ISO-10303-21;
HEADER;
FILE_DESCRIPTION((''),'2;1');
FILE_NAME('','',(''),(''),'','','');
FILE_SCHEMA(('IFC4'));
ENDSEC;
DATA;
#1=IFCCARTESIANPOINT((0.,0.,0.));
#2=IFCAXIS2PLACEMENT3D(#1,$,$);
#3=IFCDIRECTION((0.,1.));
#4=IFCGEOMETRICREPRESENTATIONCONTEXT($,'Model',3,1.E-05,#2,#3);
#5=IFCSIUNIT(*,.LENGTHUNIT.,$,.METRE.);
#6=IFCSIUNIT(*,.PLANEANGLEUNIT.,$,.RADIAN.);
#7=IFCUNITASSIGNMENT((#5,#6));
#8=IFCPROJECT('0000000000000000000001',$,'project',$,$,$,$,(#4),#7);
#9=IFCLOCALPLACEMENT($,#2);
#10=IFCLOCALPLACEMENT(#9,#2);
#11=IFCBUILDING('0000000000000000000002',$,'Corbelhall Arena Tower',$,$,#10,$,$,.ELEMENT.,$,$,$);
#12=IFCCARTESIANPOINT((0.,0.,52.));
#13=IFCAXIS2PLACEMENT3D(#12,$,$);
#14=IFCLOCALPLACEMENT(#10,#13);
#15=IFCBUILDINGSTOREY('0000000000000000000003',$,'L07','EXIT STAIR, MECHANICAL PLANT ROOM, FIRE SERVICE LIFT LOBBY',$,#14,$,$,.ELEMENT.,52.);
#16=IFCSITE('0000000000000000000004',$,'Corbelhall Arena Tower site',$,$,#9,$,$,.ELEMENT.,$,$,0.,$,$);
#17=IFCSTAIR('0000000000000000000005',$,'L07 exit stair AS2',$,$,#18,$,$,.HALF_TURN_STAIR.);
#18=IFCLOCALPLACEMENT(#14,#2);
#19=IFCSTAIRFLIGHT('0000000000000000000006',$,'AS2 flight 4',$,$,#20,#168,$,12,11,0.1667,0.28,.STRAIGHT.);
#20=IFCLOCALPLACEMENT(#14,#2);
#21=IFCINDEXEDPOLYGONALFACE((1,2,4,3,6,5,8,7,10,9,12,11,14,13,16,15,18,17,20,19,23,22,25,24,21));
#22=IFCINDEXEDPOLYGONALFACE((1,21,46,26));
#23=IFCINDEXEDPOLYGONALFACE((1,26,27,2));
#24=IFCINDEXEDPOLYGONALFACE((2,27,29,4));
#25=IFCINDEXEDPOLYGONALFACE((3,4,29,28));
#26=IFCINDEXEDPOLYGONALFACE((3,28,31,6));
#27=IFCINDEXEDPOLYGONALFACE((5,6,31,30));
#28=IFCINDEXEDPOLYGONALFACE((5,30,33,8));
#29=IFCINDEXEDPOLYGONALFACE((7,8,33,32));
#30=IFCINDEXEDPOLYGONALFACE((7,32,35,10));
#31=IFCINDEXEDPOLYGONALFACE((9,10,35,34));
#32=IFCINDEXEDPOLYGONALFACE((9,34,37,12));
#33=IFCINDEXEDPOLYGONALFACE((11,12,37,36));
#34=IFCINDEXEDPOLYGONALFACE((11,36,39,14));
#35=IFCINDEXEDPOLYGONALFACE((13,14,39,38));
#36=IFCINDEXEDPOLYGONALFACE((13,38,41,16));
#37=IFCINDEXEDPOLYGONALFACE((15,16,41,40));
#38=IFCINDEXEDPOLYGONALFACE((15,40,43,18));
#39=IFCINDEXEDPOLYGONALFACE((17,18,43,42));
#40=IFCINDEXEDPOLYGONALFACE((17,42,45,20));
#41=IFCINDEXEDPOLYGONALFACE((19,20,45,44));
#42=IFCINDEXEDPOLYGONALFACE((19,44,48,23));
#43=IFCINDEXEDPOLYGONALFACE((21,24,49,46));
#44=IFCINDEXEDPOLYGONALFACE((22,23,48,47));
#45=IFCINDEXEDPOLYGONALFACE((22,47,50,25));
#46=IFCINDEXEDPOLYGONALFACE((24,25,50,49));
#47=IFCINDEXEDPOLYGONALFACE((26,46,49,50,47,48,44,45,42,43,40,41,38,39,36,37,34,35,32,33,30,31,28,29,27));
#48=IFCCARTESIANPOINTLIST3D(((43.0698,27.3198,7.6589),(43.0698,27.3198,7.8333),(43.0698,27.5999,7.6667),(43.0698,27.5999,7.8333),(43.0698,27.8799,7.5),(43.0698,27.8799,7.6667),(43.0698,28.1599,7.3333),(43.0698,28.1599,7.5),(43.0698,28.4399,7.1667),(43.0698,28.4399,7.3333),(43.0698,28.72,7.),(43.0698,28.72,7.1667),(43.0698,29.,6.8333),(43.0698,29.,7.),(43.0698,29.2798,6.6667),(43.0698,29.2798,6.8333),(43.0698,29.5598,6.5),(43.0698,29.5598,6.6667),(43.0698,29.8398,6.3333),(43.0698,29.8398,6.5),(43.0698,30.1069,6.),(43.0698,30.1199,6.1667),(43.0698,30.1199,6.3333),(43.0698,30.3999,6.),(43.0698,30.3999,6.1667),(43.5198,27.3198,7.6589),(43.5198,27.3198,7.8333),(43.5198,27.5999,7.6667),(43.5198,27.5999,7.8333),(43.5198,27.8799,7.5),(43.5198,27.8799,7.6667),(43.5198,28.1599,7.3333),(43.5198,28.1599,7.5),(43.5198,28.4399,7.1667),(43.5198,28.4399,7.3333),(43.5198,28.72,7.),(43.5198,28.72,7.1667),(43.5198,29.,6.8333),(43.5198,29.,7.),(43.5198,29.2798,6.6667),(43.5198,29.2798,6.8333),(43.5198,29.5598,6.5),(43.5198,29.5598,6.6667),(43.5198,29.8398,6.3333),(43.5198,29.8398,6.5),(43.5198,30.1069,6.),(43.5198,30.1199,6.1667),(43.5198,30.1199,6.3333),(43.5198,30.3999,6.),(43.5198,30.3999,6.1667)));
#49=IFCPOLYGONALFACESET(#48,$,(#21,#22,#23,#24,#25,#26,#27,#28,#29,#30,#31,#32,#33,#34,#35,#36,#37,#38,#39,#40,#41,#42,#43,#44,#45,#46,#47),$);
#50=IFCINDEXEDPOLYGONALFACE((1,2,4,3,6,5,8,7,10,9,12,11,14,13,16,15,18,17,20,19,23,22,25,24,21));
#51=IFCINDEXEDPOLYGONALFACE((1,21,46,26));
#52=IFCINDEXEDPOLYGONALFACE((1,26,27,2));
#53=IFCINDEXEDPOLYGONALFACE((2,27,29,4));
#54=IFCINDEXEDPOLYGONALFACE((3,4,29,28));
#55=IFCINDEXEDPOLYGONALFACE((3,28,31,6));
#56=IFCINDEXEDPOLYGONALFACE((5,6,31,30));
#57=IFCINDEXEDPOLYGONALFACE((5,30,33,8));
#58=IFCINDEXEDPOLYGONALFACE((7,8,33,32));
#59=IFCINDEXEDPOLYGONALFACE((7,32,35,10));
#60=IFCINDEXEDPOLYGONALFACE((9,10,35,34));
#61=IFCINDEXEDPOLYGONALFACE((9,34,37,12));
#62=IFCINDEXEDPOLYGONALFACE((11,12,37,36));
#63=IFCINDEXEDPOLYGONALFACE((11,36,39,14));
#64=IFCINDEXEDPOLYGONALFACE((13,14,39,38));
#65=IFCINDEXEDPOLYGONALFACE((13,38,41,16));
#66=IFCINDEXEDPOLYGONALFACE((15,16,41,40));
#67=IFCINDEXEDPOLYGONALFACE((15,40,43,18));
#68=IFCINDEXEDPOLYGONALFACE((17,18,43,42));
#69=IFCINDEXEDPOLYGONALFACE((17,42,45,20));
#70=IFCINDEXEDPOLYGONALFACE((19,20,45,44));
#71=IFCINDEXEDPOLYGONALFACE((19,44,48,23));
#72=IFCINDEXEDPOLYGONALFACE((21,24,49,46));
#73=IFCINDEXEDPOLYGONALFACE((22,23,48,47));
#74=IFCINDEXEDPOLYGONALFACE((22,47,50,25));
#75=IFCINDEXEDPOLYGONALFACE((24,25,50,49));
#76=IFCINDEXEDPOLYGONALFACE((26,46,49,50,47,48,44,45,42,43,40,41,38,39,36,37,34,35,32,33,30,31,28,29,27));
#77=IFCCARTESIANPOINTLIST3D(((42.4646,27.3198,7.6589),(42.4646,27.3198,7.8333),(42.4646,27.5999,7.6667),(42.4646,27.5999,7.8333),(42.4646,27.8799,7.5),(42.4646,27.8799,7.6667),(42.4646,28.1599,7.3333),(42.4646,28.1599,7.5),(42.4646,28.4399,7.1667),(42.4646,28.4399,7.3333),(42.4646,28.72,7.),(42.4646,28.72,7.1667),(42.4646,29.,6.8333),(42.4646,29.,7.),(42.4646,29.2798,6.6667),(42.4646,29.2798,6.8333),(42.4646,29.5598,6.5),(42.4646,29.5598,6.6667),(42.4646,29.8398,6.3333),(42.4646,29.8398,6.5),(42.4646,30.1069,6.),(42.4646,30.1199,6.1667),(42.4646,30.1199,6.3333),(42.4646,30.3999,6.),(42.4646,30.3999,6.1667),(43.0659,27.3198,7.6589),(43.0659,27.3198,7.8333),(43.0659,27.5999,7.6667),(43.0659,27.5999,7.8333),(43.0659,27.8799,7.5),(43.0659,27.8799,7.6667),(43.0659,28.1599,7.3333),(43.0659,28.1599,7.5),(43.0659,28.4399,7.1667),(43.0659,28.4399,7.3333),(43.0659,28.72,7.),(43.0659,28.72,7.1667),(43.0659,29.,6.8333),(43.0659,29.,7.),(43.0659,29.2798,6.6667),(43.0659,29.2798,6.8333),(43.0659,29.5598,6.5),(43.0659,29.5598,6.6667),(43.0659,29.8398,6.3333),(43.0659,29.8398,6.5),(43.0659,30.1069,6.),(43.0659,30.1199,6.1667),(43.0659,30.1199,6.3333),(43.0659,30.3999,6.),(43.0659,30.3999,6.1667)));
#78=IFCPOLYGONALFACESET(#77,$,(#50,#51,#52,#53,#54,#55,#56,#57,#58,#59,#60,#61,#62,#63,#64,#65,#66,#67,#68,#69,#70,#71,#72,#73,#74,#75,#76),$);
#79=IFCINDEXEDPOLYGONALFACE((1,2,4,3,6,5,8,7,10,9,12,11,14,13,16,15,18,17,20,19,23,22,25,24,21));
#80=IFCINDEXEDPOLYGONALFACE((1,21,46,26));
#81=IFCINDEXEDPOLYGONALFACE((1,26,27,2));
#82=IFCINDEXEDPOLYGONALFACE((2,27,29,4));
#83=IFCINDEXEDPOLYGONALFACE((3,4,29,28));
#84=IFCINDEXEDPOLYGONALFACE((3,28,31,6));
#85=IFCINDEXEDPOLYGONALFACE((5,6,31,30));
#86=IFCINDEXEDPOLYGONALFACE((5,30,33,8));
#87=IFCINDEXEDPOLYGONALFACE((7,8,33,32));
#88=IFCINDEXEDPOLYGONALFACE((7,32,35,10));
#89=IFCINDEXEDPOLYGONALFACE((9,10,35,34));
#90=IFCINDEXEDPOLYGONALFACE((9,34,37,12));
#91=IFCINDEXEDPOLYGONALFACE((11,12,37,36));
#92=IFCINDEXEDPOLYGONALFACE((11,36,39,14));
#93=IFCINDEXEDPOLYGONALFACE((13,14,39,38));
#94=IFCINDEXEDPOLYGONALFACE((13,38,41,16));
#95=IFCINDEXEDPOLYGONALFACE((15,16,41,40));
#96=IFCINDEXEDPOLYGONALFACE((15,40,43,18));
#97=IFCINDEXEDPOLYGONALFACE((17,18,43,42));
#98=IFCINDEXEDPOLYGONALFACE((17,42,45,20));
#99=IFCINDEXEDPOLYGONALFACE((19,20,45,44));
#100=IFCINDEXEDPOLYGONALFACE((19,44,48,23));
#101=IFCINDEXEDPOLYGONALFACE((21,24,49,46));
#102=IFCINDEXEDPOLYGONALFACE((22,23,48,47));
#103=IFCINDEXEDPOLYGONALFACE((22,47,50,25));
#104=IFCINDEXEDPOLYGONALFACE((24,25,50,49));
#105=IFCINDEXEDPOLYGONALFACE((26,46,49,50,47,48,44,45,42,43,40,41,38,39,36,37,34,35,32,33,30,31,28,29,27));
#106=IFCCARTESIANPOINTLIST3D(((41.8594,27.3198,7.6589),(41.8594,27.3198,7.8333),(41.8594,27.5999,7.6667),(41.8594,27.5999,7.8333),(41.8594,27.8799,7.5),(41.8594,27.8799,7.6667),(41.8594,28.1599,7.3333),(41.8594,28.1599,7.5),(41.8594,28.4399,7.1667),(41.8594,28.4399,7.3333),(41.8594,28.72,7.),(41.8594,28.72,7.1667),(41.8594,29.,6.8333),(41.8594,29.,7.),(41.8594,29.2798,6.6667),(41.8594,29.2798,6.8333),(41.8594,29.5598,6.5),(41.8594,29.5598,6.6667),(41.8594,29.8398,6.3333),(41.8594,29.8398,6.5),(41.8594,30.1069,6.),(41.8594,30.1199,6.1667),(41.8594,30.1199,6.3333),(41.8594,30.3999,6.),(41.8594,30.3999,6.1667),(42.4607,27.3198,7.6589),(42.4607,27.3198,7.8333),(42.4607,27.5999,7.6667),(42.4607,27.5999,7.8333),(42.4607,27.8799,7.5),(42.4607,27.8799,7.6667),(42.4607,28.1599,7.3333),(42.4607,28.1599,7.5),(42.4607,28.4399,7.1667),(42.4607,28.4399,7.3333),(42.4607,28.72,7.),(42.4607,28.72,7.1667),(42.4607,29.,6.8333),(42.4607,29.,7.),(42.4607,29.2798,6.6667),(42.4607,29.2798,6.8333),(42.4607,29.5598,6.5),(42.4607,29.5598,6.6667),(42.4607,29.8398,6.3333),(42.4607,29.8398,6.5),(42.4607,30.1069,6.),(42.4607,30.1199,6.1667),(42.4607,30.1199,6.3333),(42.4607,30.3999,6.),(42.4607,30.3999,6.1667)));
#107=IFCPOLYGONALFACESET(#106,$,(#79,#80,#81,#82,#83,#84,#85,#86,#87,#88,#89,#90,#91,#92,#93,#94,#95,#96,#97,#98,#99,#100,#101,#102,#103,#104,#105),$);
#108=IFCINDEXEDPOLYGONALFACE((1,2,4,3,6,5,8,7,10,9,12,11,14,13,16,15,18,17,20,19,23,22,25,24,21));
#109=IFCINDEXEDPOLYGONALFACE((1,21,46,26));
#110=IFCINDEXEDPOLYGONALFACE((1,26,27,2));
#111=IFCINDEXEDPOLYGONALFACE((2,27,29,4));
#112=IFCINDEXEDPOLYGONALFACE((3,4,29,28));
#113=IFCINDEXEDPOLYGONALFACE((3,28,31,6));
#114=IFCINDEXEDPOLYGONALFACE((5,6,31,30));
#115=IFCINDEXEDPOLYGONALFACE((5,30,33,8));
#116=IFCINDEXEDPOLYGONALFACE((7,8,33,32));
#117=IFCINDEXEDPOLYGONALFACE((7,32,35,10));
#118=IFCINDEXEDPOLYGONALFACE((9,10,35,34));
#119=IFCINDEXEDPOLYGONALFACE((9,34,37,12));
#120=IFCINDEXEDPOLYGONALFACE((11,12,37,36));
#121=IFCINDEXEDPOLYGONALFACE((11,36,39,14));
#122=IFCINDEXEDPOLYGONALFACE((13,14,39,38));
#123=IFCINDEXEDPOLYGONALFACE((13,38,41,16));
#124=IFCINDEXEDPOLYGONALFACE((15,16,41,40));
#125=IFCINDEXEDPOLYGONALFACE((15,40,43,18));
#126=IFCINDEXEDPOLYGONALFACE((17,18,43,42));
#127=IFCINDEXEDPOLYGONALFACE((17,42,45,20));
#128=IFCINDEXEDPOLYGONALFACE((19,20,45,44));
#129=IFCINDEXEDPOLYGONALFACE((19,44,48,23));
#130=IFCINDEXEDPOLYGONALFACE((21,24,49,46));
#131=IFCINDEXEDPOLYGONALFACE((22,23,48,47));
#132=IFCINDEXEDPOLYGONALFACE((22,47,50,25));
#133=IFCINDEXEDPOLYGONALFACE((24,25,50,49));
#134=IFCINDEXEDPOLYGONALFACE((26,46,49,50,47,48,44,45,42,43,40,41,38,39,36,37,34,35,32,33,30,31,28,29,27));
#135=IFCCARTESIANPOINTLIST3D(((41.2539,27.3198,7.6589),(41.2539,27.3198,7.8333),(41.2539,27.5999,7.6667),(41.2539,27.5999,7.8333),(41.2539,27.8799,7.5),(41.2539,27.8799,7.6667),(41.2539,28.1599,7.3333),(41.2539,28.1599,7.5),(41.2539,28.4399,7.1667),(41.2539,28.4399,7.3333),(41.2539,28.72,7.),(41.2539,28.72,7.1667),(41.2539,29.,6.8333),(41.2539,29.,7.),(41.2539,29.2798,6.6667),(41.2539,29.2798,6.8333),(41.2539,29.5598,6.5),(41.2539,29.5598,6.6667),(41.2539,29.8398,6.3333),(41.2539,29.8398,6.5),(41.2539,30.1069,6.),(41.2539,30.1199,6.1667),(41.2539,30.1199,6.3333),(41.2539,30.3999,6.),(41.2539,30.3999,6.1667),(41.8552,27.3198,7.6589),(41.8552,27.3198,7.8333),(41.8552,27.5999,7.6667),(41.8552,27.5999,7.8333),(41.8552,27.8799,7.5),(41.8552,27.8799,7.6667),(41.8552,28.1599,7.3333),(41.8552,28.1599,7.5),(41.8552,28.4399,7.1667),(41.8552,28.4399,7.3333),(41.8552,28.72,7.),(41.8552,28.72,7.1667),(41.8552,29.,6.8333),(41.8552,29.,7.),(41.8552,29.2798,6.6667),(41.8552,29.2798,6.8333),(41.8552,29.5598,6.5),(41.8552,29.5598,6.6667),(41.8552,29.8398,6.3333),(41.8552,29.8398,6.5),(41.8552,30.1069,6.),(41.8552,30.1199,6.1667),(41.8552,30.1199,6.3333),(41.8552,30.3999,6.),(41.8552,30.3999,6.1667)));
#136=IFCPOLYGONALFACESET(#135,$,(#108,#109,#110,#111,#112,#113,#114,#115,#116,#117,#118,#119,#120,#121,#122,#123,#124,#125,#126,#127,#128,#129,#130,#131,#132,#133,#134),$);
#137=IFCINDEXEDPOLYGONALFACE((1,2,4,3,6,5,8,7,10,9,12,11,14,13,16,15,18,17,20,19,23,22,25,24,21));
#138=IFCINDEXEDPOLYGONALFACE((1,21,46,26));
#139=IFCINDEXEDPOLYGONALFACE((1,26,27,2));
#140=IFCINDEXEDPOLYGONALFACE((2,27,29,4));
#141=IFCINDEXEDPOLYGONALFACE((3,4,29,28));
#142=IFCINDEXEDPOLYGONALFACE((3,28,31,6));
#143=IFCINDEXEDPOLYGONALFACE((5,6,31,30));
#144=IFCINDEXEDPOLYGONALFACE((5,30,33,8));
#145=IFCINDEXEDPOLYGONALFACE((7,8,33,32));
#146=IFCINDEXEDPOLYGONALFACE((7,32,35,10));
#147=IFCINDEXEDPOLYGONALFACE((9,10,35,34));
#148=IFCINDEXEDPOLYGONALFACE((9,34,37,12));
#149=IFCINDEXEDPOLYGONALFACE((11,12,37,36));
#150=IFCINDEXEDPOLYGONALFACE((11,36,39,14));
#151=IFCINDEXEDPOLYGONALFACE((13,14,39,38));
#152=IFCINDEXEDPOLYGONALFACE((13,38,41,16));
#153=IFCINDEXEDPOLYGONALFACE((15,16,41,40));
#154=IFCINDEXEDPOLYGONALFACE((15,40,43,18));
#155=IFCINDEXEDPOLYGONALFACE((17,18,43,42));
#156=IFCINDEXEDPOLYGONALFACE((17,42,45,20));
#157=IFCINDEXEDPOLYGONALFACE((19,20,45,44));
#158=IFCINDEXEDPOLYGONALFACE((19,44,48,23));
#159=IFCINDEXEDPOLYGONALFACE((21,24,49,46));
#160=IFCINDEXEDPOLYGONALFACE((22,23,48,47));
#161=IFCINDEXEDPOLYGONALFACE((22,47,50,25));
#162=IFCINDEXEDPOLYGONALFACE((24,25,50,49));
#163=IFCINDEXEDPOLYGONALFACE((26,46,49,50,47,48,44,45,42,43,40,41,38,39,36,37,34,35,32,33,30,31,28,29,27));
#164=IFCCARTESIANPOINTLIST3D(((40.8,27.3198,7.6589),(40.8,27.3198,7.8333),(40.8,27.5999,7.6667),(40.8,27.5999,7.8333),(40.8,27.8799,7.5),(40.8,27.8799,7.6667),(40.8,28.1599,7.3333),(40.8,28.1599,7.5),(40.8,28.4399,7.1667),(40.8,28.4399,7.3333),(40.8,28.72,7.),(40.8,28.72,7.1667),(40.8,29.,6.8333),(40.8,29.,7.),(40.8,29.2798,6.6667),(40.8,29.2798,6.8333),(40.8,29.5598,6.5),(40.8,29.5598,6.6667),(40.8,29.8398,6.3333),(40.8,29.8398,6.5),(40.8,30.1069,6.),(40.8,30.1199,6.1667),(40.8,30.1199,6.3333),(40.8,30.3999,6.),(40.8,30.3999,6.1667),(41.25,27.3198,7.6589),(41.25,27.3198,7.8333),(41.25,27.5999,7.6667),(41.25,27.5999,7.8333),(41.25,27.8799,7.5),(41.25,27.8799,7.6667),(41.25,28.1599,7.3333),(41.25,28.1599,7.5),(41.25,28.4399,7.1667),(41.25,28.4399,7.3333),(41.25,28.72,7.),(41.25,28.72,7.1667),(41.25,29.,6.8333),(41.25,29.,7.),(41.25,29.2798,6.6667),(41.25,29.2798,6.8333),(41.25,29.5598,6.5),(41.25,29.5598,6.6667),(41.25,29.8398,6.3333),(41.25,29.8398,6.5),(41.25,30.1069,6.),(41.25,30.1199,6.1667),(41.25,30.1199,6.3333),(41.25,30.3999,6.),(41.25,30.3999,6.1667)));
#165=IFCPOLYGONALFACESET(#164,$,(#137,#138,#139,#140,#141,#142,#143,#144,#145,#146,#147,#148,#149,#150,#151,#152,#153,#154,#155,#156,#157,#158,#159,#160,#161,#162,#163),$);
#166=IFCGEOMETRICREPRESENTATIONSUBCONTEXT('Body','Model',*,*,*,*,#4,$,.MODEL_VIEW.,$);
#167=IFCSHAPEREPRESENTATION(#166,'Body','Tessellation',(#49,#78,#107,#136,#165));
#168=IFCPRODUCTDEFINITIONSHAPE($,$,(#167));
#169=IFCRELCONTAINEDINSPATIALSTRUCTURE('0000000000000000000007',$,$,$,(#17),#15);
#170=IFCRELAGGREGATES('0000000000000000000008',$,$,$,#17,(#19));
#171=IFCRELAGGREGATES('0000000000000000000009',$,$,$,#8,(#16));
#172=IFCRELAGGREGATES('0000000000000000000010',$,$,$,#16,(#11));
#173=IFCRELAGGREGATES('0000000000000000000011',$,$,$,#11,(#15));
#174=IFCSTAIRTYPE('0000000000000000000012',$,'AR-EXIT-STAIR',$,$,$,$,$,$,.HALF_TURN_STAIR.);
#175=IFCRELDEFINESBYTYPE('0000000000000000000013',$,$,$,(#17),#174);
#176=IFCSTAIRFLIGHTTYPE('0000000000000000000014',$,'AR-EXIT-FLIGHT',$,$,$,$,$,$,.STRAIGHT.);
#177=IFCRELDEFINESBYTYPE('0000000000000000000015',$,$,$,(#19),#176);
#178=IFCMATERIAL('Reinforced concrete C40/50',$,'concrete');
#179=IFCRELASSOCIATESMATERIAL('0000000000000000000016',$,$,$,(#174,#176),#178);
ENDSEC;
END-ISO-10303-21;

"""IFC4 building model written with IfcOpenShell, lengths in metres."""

from ifc_helpers import new_model, si_unit, direction, frame, origin, place, context, subcontext, project, spatial, polyline, outline, extrude, material, type_object, element, aggregate, save


model = new_model("IFC4")

# Units and contexts
model_context = context("Model", 3, precision=1e-05, world=origin(), true_north=direction((0.0, 1.0)))
body_context = subcontext(model_context, "Body", "Model", "MODEL_VIEW")
ifc_project = project(units=[si_unit("LENGTHUNIT", "METRE"), si_unit("PLANEANGLEUNIT", "RADIAN")], contexts=[model_context])

# Site, building, storey
site_placement = place(None, origin())
site = spatial("IfcSite", under=ifc_project, at=site_placement, Name="Corbelhall Arena Tower site", CompositionType="ELEMENT", RefElevation=0.0)
building_placement = place(site_placement, origin())
building = spatial("IfcBuilding", under=site, at=building_placement, Name="Corbelhall Arena Tower", CompositionType="ELEMENT")
storey_placement = place(building_placement, frame((0.0, 0.0, 52.0)))
storey = spatial("IfcBuildingStorey", under=building, at=storey_placement, Name="L07", Description="EXIT STAIR, MECHANICAL PLANT ROOM, FIRE SERVICE LIFT LOBBY", CompositionType="ELEMENT", Elevation=52.0)

# Shared definitions
ifc_material_1 = material(Name="Reinforced concrete C40/50", Category="concrete")

# Stair, stair flight
stair_type = type_object("IfcStairType", Name="AR-EXIT-STAIR", PredefinedType="HALF_TURN_STAIR", material=ifc_material_1)
stair_flight_type = type_object("IfcStairFlightType", Name="AR-EXIT-FLIGHT", PredefinedType="STRAIGHT", material=ifc_material_1)
stair_1_placement = place(storey_placement, origin())
stair_1 = element("IfcStair", 1, at=stair_1_placement, inside=storey, type_object=stair_type, Name="L07 exit stair AS2", PredefinedType="HALF_TURN_STAIR")
stair_flight_1_placement = place(storey_placement, frame((42.1599, 30.3999, 6.0), z_axis=(0.0, 0.0, 1.0), x_axis=(0.0, -1.0, 0.0)))
stair_flight_1 = element("IfcStairFlight", 2, at=stair_flight_1_placement, type_object=stair_flight_type, Name="AS2 flight 4", NumberOfRisers=12, NumberOfTreads=11, PredefinedType="STRAIGHT", RiserHeight=0.1667, TreadLength=0.28, context=body_context, shape_type="SweptSolid", body=[
    extrude(outline(polyline([(0.0, 0.0), (0.0, 0.1667), (0.28, 0.1667), (0.28, 0.3333), (0.5601, 0.3333), (0.5601, 0.5), (0.8401, 0.5), (0.8401, 0.6667), (1.1201, 0.6667), (1.1201, 0.8333), (1.3999, 0.8333), (1.3999, 1.0), (1.6799, 1.0), (1.6799, 1.1667), (1.96, 1.1667), (1.96, 1.3333), (2.24, 1.3333), (2.24, 1.5), (2.52, 1.5), (2.52, 1.6667), (2.8, 1.6667), (2.8, 1.8333), (3.0801, 1.8333), (3.0801, 2.0), (3.0801, 1.6589), (0.293, 0.0), (0.0, 0.0)])), frame((0.0, 1.3599, 0.0), z_axis=(0.0, -1.0, 0.0), x_axis=(1.0, 0.0, 0.0)), (0.0, 0.0, 1.0), 0.45),
    extrude(outline(polyline([(0.0, 0.0), (0.0, 0.1667), (0.28, 0.1667), (0.28, 0.3333), (0.5601, 0.3333), (0.5601, 0.5), (0.8401, 0.5), (0.8401, 0.6667), (1.1201, 0.6667), (1.1201, 0.8333), (1.3999, 0.8333), (1.3999, 1.0), (1.6799, 1.0), (1.6799, 1.1667), (1.96, 1.1667), (1.96, 1.3333), (2.24, 1.3333), (2.24, 1.5), (2.52, 1.5), (2.52, 1.6667), (2.8, 1.6667), (2.8, 1.8333), (3.0801, 1.8333), (3.0801, 2.0), (3.0801, 1.6589), (0.293, 0.0), (0.0, 0.0)])), frame((0.0, 0.906, 0.0), z_axis=(0.0, -1.0, 0.0), x_axis=(1.0, 0.0, 0.0)), (0.0, 0.0, 1.0), 0.6013),
    extrude(outline(polyline([(0.0, 0.0), (0.0, 0.1667), (0.28, 0.1667), (0.28, 0.3333), (0.5601, 0.3333), (0.5601, 0.5), (0.8401, 0.5), (0.8401, 0.6667), (1.1201, 0.6667), (1.1201, 0.8333), (1.3999, 0.8333), (1.3999, 1.0), (1.6799, 1.0), (1.6799, 1.1667), (1.96, 1.1667), (1.96, 1.3333), (2.24, 1.3333), (2.24, 1.5), (2.52, 1.5), (2.52, 1.6667), (2.8, 1.6667), (2.8, 1.8333), (3.0801, 1.8333), (3.0801, 2.0), (3.0801, 1.6589), (0.293, 0.0), (0.0, 0.0)])), frame((0.0, 0.3008, 0.0), z_axis=(0.0, -1.0, 0.0), x_axis=(1.0, 0.0, 0.0)), (0.0, 0.0, 1.0), 0.6013),
    extrude(outline(polyline([(0.0, 0.0), (0.0, 0.1667), (0.28, 0.1667), (0.28, 0.3333), (0.5601, 0.3333), (0.5601, 0.5), (0.8401, 0.5), (0.8401, 0.6667), (1.1201, 0.6667), (1.1201, 0.8333), (1.3999, 0.8333), (1.3999, 1.0), (1.6799, 1.0), (1.6799, 1.1667), (1.96, 1.1667), (1.96, 1.3333), (2.24, 1.3333), (2.24, 1.5), (2.52, 1.5), (2.52, 1.6667), (2.8, 1.6667), (2.8, 1.8333), (3.0801, 1.8333), (3.0801, 2.0), (3.0801, 1.6589), (0.293, 0.0), (0.0, 0.0)])), frame((0.0, -0.3047, 0.0), z_axis=(0.0, -1.0, 0.0), x_axis=(1.0, 0.0, 0.0)), (0.0, 0.0, 1.0), 0.6013),
    extrude(outline(polyline([(0.0, 0.0), (0.0, 0.1667), (0.28, 0.1667), (0.28, 0.3333), (0.5601, 0.3333), (0.5601, 0.5), (0.8401, 0.5), (0.8401, 0.6667), (1.1201, 0.6667), (1.1201, 0.8333), (1.3999, 0.8333), (1.3999, 1.0), (1.6799, 1.0), (1.6799, 1.1667), (1.96, 1.1667), (1.96, 1.3333), (2.24, 1.3333), (2.24, 1.5), (2.52, 1.5), (2.52, 1.6667), (2.8, 1.6667), (2.8, 1.8333), (3.0801, 1.8333), (3.0801, 2.0), (3.0801, 1.6589), (0.293, 0.0), (0.0, 0.0)])), frame((0.0, -0.9099, 0.0), z_axis=(0.0, -1.0, 0.0), x_axis=(1.0, 0.0, 0.0)), (0.0, 0.0, 1.0), 0.45),
])
aggregate(stair_1, [stair_flight_1])

save(model, "model.ifc")
